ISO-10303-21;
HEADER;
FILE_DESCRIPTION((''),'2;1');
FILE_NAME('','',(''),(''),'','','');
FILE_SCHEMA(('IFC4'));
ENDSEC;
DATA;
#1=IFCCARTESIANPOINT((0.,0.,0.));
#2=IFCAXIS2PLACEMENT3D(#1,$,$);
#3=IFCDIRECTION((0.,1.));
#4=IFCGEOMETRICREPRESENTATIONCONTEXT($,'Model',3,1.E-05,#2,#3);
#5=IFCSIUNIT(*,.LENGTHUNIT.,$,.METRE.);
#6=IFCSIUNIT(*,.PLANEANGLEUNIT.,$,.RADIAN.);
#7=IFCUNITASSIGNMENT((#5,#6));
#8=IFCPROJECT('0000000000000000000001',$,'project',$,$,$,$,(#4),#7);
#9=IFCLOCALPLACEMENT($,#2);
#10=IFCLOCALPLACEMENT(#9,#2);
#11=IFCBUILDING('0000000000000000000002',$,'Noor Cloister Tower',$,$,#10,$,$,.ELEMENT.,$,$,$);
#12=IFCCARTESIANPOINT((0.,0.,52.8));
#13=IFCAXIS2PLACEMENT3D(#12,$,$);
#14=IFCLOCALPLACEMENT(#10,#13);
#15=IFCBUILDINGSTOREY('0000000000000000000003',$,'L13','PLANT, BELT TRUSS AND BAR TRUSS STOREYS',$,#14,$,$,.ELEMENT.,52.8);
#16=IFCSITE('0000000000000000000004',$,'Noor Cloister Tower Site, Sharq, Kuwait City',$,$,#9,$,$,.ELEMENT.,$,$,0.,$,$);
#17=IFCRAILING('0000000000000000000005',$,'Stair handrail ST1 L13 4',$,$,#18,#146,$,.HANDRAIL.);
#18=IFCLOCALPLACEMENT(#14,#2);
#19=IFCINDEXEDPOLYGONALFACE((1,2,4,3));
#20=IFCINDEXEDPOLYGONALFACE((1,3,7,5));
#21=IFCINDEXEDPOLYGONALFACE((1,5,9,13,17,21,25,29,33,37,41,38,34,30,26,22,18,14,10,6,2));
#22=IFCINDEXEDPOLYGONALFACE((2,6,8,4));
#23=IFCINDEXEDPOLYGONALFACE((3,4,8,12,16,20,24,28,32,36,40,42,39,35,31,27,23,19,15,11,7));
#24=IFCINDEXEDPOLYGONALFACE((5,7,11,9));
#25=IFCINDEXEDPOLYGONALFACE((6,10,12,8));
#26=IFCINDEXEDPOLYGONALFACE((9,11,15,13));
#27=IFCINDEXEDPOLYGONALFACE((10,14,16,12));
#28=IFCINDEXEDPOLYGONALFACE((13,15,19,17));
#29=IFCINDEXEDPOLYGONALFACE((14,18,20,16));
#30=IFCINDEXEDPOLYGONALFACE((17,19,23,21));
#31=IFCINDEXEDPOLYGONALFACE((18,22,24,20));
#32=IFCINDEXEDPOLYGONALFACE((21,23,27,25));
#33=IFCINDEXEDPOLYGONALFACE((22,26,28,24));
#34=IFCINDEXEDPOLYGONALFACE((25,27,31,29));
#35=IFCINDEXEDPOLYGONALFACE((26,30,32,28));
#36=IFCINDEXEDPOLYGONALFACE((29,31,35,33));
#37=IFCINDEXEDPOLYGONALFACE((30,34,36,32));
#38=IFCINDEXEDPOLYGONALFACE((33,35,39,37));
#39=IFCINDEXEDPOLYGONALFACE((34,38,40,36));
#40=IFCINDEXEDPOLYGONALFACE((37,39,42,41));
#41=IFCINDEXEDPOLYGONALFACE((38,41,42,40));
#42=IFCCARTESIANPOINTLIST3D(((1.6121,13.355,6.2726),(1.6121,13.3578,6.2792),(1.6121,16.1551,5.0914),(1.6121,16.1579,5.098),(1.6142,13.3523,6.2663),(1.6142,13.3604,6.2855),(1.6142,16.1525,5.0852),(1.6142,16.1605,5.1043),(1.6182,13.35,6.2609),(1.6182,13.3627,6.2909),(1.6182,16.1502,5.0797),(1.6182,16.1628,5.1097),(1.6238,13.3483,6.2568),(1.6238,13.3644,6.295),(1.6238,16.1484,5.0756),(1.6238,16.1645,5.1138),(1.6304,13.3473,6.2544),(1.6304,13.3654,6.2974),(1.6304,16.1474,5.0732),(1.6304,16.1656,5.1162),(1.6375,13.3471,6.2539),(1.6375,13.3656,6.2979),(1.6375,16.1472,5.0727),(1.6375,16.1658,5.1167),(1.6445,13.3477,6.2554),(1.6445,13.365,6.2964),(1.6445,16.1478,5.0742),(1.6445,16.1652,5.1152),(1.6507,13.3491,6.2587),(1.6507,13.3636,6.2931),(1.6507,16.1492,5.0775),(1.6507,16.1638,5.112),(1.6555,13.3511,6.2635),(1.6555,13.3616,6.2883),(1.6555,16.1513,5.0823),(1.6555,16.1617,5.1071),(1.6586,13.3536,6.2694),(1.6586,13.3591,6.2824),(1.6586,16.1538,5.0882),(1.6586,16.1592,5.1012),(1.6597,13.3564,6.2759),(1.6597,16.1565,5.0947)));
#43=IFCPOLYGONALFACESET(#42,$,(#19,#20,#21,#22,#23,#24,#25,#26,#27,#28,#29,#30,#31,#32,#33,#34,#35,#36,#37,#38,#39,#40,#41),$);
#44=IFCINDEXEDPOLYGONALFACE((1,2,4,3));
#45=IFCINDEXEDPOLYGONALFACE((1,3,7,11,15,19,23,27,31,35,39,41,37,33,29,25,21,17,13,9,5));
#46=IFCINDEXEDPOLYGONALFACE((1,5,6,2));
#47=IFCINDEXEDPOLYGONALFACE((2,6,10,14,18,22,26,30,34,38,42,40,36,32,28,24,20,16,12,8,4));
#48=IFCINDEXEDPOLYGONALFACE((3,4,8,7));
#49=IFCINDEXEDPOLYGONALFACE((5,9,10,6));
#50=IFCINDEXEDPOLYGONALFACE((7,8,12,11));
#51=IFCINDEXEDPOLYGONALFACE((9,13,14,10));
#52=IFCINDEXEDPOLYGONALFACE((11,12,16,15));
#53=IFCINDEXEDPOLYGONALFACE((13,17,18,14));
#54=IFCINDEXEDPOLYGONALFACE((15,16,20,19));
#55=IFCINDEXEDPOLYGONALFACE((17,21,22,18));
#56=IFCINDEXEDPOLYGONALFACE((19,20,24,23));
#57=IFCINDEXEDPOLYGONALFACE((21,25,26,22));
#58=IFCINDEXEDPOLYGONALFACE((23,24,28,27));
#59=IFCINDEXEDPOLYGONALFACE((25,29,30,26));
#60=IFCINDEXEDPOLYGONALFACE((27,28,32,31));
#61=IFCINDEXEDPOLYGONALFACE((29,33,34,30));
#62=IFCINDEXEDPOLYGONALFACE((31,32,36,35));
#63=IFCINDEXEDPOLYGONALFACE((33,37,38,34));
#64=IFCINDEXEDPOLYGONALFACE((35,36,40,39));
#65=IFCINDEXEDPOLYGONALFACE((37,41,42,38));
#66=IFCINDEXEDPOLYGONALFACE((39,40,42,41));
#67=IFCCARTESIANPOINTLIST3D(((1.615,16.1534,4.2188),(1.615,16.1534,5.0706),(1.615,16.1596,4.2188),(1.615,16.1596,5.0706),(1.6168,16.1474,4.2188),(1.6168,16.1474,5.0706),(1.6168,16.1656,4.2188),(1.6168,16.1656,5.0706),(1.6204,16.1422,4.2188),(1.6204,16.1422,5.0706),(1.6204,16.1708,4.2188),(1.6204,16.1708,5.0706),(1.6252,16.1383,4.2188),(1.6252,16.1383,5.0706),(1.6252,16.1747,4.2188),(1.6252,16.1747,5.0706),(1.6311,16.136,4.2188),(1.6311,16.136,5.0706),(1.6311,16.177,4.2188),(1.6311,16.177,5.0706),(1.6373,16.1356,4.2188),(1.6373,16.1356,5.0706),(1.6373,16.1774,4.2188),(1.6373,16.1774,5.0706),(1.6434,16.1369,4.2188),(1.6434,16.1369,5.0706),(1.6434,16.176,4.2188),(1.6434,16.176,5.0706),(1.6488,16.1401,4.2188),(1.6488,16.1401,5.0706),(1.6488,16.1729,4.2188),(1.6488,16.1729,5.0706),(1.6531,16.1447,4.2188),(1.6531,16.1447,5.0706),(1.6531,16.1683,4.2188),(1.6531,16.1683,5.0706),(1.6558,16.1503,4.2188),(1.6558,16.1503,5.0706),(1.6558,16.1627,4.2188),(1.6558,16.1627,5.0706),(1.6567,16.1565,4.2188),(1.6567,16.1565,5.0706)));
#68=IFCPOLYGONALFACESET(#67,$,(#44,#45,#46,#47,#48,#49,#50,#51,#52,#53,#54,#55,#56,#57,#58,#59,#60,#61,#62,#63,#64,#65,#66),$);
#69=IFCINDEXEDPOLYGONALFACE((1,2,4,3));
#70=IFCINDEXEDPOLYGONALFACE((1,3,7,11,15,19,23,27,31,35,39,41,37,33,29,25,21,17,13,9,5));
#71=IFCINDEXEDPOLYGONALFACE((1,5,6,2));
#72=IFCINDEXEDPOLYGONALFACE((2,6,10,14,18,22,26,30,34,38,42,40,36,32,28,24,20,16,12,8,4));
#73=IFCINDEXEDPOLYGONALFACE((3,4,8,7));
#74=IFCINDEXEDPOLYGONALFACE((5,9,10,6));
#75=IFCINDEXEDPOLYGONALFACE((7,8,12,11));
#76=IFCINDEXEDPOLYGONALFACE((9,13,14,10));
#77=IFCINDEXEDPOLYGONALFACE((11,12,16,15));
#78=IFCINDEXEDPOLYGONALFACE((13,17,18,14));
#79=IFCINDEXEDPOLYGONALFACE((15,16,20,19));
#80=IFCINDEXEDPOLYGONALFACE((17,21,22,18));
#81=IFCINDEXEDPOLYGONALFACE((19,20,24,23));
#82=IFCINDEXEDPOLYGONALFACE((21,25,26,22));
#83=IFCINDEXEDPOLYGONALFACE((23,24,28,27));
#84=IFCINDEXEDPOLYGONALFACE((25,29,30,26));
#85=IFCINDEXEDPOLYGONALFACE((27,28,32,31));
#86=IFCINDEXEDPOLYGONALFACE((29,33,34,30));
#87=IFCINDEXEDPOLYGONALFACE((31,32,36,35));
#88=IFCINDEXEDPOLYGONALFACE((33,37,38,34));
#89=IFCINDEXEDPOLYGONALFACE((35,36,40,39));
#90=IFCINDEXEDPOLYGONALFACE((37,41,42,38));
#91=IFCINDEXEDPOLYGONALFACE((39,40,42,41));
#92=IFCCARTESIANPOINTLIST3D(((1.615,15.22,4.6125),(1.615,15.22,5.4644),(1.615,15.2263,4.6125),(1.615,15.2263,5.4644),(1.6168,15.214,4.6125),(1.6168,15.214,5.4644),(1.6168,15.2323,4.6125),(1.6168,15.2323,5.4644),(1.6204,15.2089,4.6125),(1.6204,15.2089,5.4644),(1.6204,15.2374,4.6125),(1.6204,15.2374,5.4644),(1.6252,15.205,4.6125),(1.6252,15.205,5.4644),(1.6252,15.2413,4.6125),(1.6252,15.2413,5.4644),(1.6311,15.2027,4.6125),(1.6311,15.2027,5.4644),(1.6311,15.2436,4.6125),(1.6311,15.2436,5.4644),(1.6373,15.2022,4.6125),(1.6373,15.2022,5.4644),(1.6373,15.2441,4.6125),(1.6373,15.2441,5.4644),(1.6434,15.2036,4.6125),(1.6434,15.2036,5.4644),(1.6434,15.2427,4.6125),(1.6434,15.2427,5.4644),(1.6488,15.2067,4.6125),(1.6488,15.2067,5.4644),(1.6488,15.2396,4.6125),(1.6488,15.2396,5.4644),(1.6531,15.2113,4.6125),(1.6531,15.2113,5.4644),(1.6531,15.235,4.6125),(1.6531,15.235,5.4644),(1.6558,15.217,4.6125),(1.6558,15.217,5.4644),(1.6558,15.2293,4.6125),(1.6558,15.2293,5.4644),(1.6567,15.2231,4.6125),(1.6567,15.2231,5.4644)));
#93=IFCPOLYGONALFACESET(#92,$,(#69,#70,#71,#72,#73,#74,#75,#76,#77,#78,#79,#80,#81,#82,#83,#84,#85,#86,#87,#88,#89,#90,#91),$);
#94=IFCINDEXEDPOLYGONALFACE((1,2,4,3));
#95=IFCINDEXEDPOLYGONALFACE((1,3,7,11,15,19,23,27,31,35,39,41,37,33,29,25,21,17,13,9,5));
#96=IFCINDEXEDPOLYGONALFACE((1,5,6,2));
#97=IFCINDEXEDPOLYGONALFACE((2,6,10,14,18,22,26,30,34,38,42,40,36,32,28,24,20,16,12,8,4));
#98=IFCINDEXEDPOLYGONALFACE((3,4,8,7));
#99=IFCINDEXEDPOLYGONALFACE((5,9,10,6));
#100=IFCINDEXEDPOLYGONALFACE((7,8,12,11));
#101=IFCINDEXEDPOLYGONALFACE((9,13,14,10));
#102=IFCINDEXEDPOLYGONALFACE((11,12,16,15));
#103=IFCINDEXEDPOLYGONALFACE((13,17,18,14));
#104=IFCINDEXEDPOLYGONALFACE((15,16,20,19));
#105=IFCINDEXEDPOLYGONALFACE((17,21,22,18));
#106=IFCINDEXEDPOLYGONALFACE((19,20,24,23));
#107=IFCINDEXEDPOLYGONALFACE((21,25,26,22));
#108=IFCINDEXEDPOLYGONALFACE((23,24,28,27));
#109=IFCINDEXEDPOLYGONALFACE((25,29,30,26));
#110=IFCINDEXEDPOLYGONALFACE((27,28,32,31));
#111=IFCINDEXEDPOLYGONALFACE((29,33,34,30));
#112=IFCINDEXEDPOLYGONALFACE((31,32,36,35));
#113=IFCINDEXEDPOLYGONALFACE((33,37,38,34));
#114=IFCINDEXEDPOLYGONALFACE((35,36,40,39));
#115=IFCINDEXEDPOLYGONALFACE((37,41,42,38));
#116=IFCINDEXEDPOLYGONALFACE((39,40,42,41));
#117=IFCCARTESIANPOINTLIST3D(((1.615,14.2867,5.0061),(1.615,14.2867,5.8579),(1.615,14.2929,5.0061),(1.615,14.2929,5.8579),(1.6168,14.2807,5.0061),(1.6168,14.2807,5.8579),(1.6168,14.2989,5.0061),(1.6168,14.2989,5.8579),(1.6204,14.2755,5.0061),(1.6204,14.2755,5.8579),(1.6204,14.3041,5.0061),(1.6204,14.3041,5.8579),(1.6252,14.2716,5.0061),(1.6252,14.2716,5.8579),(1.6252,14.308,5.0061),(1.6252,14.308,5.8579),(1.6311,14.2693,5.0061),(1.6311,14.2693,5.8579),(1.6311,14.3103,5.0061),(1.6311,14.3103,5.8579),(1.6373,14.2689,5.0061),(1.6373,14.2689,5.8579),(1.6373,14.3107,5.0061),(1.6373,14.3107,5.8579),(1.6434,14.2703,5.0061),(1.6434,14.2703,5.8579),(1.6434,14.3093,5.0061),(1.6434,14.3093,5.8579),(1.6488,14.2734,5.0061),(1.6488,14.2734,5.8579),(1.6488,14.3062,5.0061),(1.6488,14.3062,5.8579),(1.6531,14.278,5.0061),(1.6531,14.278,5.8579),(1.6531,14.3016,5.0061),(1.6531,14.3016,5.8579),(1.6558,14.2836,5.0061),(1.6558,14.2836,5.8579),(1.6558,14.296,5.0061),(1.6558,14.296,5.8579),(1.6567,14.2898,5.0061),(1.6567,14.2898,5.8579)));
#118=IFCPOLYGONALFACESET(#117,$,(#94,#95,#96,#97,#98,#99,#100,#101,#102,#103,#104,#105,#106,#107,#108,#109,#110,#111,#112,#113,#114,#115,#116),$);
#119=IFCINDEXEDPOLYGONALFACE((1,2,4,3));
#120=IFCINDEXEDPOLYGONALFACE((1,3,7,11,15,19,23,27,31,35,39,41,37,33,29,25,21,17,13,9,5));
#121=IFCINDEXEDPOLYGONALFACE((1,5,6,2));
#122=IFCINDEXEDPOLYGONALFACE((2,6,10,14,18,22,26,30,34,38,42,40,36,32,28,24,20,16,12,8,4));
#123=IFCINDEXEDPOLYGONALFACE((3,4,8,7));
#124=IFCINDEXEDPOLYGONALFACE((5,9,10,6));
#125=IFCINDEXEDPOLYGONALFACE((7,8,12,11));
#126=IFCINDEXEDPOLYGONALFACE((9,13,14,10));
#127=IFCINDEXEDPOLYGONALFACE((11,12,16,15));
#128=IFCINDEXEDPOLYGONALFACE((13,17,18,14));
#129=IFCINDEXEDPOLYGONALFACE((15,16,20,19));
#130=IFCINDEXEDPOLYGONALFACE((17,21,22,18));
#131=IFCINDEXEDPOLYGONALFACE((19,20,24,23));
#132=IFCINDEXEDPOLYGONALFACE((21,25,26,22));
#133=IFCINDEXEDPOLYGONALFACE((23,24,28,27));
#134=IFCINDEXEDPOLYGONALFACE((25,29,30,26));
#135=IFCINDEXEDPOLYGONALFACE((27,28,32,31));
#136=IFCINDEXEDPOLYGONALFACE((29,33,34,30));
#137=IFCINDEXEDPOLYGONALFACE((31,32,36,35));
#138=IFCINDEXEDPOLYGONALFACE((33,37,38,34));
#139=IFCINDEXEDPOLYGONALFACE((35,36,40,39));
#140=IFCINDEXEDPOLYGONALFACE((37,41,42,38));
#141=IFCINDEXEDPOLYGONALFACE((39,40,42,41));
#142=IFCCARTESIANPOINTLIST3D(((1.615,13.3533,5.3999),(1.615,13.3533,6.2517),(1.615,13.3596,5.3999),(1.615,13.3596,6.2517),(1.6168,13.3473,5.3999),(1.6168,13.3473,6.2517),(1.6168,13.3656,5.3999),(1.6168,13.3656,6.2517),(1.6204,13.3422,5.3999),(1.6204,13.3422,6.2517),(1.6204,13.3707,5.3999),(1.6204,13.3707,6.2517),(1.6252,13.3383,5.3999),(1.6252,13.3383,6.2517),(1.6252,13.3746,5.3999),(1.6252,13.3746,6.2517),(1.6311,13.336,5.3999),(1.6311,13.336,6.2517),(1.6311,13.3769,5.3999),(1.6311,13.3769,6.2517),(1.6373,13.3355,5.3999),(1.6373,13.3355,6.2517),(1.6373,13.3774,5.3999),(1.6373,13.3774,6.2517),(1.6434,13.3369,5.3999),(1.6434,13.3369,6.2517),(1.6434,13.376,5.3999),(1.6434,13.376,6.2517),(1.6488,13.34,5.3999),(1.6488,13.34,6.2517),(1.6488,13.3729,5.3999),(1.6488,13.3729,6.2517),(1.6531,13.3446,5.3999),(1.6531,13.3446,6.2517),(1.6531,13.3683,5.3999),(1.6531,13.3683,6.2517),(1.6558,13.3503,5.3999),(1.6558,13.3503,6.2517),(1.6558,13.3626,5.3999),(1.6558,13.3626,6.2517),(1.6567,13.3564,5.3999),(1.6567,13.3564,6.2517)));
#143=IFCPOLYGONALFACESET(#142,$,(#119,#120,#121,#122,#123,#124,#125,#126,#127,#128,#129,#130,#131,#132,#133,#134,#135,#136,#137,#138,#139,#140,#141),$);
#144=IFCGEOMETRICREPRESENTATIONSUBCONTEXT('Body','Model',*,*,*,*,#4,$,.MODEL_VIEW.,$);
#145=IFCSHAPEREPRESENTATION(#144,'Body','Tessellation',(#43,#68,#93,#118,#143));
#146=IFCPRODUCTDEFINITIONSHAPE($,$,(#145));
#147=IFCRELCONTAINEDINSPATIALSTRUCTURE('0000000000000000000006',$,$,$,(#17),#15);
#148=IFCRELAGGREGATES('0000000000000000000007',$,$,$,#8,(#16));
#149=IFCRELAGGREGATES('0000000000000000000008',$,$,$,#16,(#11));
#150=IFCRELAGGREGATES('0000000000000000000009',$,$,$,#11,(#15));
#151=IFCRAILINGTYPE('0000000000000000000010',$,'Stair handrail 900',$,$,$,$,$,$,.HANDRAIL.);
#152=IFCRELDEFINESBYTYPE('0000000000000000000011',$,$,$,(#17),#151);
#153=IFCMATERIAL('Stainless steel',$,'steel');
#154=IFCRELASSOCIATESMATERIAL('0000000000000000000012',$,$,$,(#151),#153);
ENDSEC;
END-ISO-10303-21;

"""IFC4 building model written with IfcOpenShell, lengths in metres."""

from ifc_helpers import new_model, si_unit, direction, frame, origin, origin_2d, place, context, subcontext, project, spatial, circle, extrude, material, type_object, element, save


model = new_model("IFC4")

# Units and contexts
model_context = context("Model", 3, precision=1e-05, world=origin(), true_north=direction((0.0, 1.0)))
body_context = subcontext(model_context, "Body", "Model", "MODEL_VIEW")
ifc_project = project(units=[si_unit("LENGTHUNIT", "METRE"), si_unit("PLANEANGLEUNIT", "RADIAN")], contexts=[model_context])

# Site, building, storey
site_placement = place(None, origin())
site = spatial("IfcSite", under=ifc_project, at=site_placement, Name="Noor Cloister Tower Site, Sharq, Kuwait City", CompositionType="ELEMENT", RefElevation=0.0)
building_placement = place(site_placement, origin())
building = spatial("IfcBuilding", under=site, at=building_placement, Name="Noor Cloister Tower", CompositionType="ELEMENT")
storey_placement = place(building_placement, frame((0.0, 0.0, 52.8)))
storey = spatial("IfcBuildingStorey", under=building, at=storey_placement, Name="L13", Description="PLANT, BELT TRUSS AND BAR TRUSS STOREYS", CompositionType="ELEMENT", Elevation=52.8)

# Railing
ifc_material_1 = material(Name="Stainless steel", Category="steel")
railing_type_1 = type_object("IfcRailingType", Name="Stair handrail 900", PredefinedType="HANDRAIL", material=ifc_material_1)
railing_1_placement = place(storey_placement, frame((1.6357, 16.1565, 4.2188)))
element("IfcRailing", 1, at=railing_1_placement, inside=storey, type_object=railing_type_1, Name="Stair handrail ST1 L13 4", PredefinedType="HANDRAIL", context=body_context, shape_type="SweptSolid", body=[
    extrude(circle(Radius=0.0239, at=origin_2d()), frame((0.0, 0.0, 0.876), z_axis=(0.0, -0.921378, 0.388667), x_axis=(1.0, 0.0, 0.0)), (0.0, 0.0, 1.0), 3.0391),
    extrude(circle(Radius=0.021, at=origin_2d()), origin(), (0.0, 0.0, 1.0), 0.8518),
    extrude(circle(Radius=0.021, at=origin_2d()), frame((0.0, -0.9333, 0.3938)), (0.0, 0.0, 1.0), 0.8518),
    extrude(circle(Radius=0.021, at=origin_2d()), frame((0.0, -1.8667, 0.7874)), (0.0, 0.0, 1.0), 0.8518),
    extrude(circle(Radius=0.021, at=origin_2d()), frame((0.0, -2.8, 1.1812)), (0.0, 0.0, 1.0), 0.8518),
])

save(model, "model.ifc")
